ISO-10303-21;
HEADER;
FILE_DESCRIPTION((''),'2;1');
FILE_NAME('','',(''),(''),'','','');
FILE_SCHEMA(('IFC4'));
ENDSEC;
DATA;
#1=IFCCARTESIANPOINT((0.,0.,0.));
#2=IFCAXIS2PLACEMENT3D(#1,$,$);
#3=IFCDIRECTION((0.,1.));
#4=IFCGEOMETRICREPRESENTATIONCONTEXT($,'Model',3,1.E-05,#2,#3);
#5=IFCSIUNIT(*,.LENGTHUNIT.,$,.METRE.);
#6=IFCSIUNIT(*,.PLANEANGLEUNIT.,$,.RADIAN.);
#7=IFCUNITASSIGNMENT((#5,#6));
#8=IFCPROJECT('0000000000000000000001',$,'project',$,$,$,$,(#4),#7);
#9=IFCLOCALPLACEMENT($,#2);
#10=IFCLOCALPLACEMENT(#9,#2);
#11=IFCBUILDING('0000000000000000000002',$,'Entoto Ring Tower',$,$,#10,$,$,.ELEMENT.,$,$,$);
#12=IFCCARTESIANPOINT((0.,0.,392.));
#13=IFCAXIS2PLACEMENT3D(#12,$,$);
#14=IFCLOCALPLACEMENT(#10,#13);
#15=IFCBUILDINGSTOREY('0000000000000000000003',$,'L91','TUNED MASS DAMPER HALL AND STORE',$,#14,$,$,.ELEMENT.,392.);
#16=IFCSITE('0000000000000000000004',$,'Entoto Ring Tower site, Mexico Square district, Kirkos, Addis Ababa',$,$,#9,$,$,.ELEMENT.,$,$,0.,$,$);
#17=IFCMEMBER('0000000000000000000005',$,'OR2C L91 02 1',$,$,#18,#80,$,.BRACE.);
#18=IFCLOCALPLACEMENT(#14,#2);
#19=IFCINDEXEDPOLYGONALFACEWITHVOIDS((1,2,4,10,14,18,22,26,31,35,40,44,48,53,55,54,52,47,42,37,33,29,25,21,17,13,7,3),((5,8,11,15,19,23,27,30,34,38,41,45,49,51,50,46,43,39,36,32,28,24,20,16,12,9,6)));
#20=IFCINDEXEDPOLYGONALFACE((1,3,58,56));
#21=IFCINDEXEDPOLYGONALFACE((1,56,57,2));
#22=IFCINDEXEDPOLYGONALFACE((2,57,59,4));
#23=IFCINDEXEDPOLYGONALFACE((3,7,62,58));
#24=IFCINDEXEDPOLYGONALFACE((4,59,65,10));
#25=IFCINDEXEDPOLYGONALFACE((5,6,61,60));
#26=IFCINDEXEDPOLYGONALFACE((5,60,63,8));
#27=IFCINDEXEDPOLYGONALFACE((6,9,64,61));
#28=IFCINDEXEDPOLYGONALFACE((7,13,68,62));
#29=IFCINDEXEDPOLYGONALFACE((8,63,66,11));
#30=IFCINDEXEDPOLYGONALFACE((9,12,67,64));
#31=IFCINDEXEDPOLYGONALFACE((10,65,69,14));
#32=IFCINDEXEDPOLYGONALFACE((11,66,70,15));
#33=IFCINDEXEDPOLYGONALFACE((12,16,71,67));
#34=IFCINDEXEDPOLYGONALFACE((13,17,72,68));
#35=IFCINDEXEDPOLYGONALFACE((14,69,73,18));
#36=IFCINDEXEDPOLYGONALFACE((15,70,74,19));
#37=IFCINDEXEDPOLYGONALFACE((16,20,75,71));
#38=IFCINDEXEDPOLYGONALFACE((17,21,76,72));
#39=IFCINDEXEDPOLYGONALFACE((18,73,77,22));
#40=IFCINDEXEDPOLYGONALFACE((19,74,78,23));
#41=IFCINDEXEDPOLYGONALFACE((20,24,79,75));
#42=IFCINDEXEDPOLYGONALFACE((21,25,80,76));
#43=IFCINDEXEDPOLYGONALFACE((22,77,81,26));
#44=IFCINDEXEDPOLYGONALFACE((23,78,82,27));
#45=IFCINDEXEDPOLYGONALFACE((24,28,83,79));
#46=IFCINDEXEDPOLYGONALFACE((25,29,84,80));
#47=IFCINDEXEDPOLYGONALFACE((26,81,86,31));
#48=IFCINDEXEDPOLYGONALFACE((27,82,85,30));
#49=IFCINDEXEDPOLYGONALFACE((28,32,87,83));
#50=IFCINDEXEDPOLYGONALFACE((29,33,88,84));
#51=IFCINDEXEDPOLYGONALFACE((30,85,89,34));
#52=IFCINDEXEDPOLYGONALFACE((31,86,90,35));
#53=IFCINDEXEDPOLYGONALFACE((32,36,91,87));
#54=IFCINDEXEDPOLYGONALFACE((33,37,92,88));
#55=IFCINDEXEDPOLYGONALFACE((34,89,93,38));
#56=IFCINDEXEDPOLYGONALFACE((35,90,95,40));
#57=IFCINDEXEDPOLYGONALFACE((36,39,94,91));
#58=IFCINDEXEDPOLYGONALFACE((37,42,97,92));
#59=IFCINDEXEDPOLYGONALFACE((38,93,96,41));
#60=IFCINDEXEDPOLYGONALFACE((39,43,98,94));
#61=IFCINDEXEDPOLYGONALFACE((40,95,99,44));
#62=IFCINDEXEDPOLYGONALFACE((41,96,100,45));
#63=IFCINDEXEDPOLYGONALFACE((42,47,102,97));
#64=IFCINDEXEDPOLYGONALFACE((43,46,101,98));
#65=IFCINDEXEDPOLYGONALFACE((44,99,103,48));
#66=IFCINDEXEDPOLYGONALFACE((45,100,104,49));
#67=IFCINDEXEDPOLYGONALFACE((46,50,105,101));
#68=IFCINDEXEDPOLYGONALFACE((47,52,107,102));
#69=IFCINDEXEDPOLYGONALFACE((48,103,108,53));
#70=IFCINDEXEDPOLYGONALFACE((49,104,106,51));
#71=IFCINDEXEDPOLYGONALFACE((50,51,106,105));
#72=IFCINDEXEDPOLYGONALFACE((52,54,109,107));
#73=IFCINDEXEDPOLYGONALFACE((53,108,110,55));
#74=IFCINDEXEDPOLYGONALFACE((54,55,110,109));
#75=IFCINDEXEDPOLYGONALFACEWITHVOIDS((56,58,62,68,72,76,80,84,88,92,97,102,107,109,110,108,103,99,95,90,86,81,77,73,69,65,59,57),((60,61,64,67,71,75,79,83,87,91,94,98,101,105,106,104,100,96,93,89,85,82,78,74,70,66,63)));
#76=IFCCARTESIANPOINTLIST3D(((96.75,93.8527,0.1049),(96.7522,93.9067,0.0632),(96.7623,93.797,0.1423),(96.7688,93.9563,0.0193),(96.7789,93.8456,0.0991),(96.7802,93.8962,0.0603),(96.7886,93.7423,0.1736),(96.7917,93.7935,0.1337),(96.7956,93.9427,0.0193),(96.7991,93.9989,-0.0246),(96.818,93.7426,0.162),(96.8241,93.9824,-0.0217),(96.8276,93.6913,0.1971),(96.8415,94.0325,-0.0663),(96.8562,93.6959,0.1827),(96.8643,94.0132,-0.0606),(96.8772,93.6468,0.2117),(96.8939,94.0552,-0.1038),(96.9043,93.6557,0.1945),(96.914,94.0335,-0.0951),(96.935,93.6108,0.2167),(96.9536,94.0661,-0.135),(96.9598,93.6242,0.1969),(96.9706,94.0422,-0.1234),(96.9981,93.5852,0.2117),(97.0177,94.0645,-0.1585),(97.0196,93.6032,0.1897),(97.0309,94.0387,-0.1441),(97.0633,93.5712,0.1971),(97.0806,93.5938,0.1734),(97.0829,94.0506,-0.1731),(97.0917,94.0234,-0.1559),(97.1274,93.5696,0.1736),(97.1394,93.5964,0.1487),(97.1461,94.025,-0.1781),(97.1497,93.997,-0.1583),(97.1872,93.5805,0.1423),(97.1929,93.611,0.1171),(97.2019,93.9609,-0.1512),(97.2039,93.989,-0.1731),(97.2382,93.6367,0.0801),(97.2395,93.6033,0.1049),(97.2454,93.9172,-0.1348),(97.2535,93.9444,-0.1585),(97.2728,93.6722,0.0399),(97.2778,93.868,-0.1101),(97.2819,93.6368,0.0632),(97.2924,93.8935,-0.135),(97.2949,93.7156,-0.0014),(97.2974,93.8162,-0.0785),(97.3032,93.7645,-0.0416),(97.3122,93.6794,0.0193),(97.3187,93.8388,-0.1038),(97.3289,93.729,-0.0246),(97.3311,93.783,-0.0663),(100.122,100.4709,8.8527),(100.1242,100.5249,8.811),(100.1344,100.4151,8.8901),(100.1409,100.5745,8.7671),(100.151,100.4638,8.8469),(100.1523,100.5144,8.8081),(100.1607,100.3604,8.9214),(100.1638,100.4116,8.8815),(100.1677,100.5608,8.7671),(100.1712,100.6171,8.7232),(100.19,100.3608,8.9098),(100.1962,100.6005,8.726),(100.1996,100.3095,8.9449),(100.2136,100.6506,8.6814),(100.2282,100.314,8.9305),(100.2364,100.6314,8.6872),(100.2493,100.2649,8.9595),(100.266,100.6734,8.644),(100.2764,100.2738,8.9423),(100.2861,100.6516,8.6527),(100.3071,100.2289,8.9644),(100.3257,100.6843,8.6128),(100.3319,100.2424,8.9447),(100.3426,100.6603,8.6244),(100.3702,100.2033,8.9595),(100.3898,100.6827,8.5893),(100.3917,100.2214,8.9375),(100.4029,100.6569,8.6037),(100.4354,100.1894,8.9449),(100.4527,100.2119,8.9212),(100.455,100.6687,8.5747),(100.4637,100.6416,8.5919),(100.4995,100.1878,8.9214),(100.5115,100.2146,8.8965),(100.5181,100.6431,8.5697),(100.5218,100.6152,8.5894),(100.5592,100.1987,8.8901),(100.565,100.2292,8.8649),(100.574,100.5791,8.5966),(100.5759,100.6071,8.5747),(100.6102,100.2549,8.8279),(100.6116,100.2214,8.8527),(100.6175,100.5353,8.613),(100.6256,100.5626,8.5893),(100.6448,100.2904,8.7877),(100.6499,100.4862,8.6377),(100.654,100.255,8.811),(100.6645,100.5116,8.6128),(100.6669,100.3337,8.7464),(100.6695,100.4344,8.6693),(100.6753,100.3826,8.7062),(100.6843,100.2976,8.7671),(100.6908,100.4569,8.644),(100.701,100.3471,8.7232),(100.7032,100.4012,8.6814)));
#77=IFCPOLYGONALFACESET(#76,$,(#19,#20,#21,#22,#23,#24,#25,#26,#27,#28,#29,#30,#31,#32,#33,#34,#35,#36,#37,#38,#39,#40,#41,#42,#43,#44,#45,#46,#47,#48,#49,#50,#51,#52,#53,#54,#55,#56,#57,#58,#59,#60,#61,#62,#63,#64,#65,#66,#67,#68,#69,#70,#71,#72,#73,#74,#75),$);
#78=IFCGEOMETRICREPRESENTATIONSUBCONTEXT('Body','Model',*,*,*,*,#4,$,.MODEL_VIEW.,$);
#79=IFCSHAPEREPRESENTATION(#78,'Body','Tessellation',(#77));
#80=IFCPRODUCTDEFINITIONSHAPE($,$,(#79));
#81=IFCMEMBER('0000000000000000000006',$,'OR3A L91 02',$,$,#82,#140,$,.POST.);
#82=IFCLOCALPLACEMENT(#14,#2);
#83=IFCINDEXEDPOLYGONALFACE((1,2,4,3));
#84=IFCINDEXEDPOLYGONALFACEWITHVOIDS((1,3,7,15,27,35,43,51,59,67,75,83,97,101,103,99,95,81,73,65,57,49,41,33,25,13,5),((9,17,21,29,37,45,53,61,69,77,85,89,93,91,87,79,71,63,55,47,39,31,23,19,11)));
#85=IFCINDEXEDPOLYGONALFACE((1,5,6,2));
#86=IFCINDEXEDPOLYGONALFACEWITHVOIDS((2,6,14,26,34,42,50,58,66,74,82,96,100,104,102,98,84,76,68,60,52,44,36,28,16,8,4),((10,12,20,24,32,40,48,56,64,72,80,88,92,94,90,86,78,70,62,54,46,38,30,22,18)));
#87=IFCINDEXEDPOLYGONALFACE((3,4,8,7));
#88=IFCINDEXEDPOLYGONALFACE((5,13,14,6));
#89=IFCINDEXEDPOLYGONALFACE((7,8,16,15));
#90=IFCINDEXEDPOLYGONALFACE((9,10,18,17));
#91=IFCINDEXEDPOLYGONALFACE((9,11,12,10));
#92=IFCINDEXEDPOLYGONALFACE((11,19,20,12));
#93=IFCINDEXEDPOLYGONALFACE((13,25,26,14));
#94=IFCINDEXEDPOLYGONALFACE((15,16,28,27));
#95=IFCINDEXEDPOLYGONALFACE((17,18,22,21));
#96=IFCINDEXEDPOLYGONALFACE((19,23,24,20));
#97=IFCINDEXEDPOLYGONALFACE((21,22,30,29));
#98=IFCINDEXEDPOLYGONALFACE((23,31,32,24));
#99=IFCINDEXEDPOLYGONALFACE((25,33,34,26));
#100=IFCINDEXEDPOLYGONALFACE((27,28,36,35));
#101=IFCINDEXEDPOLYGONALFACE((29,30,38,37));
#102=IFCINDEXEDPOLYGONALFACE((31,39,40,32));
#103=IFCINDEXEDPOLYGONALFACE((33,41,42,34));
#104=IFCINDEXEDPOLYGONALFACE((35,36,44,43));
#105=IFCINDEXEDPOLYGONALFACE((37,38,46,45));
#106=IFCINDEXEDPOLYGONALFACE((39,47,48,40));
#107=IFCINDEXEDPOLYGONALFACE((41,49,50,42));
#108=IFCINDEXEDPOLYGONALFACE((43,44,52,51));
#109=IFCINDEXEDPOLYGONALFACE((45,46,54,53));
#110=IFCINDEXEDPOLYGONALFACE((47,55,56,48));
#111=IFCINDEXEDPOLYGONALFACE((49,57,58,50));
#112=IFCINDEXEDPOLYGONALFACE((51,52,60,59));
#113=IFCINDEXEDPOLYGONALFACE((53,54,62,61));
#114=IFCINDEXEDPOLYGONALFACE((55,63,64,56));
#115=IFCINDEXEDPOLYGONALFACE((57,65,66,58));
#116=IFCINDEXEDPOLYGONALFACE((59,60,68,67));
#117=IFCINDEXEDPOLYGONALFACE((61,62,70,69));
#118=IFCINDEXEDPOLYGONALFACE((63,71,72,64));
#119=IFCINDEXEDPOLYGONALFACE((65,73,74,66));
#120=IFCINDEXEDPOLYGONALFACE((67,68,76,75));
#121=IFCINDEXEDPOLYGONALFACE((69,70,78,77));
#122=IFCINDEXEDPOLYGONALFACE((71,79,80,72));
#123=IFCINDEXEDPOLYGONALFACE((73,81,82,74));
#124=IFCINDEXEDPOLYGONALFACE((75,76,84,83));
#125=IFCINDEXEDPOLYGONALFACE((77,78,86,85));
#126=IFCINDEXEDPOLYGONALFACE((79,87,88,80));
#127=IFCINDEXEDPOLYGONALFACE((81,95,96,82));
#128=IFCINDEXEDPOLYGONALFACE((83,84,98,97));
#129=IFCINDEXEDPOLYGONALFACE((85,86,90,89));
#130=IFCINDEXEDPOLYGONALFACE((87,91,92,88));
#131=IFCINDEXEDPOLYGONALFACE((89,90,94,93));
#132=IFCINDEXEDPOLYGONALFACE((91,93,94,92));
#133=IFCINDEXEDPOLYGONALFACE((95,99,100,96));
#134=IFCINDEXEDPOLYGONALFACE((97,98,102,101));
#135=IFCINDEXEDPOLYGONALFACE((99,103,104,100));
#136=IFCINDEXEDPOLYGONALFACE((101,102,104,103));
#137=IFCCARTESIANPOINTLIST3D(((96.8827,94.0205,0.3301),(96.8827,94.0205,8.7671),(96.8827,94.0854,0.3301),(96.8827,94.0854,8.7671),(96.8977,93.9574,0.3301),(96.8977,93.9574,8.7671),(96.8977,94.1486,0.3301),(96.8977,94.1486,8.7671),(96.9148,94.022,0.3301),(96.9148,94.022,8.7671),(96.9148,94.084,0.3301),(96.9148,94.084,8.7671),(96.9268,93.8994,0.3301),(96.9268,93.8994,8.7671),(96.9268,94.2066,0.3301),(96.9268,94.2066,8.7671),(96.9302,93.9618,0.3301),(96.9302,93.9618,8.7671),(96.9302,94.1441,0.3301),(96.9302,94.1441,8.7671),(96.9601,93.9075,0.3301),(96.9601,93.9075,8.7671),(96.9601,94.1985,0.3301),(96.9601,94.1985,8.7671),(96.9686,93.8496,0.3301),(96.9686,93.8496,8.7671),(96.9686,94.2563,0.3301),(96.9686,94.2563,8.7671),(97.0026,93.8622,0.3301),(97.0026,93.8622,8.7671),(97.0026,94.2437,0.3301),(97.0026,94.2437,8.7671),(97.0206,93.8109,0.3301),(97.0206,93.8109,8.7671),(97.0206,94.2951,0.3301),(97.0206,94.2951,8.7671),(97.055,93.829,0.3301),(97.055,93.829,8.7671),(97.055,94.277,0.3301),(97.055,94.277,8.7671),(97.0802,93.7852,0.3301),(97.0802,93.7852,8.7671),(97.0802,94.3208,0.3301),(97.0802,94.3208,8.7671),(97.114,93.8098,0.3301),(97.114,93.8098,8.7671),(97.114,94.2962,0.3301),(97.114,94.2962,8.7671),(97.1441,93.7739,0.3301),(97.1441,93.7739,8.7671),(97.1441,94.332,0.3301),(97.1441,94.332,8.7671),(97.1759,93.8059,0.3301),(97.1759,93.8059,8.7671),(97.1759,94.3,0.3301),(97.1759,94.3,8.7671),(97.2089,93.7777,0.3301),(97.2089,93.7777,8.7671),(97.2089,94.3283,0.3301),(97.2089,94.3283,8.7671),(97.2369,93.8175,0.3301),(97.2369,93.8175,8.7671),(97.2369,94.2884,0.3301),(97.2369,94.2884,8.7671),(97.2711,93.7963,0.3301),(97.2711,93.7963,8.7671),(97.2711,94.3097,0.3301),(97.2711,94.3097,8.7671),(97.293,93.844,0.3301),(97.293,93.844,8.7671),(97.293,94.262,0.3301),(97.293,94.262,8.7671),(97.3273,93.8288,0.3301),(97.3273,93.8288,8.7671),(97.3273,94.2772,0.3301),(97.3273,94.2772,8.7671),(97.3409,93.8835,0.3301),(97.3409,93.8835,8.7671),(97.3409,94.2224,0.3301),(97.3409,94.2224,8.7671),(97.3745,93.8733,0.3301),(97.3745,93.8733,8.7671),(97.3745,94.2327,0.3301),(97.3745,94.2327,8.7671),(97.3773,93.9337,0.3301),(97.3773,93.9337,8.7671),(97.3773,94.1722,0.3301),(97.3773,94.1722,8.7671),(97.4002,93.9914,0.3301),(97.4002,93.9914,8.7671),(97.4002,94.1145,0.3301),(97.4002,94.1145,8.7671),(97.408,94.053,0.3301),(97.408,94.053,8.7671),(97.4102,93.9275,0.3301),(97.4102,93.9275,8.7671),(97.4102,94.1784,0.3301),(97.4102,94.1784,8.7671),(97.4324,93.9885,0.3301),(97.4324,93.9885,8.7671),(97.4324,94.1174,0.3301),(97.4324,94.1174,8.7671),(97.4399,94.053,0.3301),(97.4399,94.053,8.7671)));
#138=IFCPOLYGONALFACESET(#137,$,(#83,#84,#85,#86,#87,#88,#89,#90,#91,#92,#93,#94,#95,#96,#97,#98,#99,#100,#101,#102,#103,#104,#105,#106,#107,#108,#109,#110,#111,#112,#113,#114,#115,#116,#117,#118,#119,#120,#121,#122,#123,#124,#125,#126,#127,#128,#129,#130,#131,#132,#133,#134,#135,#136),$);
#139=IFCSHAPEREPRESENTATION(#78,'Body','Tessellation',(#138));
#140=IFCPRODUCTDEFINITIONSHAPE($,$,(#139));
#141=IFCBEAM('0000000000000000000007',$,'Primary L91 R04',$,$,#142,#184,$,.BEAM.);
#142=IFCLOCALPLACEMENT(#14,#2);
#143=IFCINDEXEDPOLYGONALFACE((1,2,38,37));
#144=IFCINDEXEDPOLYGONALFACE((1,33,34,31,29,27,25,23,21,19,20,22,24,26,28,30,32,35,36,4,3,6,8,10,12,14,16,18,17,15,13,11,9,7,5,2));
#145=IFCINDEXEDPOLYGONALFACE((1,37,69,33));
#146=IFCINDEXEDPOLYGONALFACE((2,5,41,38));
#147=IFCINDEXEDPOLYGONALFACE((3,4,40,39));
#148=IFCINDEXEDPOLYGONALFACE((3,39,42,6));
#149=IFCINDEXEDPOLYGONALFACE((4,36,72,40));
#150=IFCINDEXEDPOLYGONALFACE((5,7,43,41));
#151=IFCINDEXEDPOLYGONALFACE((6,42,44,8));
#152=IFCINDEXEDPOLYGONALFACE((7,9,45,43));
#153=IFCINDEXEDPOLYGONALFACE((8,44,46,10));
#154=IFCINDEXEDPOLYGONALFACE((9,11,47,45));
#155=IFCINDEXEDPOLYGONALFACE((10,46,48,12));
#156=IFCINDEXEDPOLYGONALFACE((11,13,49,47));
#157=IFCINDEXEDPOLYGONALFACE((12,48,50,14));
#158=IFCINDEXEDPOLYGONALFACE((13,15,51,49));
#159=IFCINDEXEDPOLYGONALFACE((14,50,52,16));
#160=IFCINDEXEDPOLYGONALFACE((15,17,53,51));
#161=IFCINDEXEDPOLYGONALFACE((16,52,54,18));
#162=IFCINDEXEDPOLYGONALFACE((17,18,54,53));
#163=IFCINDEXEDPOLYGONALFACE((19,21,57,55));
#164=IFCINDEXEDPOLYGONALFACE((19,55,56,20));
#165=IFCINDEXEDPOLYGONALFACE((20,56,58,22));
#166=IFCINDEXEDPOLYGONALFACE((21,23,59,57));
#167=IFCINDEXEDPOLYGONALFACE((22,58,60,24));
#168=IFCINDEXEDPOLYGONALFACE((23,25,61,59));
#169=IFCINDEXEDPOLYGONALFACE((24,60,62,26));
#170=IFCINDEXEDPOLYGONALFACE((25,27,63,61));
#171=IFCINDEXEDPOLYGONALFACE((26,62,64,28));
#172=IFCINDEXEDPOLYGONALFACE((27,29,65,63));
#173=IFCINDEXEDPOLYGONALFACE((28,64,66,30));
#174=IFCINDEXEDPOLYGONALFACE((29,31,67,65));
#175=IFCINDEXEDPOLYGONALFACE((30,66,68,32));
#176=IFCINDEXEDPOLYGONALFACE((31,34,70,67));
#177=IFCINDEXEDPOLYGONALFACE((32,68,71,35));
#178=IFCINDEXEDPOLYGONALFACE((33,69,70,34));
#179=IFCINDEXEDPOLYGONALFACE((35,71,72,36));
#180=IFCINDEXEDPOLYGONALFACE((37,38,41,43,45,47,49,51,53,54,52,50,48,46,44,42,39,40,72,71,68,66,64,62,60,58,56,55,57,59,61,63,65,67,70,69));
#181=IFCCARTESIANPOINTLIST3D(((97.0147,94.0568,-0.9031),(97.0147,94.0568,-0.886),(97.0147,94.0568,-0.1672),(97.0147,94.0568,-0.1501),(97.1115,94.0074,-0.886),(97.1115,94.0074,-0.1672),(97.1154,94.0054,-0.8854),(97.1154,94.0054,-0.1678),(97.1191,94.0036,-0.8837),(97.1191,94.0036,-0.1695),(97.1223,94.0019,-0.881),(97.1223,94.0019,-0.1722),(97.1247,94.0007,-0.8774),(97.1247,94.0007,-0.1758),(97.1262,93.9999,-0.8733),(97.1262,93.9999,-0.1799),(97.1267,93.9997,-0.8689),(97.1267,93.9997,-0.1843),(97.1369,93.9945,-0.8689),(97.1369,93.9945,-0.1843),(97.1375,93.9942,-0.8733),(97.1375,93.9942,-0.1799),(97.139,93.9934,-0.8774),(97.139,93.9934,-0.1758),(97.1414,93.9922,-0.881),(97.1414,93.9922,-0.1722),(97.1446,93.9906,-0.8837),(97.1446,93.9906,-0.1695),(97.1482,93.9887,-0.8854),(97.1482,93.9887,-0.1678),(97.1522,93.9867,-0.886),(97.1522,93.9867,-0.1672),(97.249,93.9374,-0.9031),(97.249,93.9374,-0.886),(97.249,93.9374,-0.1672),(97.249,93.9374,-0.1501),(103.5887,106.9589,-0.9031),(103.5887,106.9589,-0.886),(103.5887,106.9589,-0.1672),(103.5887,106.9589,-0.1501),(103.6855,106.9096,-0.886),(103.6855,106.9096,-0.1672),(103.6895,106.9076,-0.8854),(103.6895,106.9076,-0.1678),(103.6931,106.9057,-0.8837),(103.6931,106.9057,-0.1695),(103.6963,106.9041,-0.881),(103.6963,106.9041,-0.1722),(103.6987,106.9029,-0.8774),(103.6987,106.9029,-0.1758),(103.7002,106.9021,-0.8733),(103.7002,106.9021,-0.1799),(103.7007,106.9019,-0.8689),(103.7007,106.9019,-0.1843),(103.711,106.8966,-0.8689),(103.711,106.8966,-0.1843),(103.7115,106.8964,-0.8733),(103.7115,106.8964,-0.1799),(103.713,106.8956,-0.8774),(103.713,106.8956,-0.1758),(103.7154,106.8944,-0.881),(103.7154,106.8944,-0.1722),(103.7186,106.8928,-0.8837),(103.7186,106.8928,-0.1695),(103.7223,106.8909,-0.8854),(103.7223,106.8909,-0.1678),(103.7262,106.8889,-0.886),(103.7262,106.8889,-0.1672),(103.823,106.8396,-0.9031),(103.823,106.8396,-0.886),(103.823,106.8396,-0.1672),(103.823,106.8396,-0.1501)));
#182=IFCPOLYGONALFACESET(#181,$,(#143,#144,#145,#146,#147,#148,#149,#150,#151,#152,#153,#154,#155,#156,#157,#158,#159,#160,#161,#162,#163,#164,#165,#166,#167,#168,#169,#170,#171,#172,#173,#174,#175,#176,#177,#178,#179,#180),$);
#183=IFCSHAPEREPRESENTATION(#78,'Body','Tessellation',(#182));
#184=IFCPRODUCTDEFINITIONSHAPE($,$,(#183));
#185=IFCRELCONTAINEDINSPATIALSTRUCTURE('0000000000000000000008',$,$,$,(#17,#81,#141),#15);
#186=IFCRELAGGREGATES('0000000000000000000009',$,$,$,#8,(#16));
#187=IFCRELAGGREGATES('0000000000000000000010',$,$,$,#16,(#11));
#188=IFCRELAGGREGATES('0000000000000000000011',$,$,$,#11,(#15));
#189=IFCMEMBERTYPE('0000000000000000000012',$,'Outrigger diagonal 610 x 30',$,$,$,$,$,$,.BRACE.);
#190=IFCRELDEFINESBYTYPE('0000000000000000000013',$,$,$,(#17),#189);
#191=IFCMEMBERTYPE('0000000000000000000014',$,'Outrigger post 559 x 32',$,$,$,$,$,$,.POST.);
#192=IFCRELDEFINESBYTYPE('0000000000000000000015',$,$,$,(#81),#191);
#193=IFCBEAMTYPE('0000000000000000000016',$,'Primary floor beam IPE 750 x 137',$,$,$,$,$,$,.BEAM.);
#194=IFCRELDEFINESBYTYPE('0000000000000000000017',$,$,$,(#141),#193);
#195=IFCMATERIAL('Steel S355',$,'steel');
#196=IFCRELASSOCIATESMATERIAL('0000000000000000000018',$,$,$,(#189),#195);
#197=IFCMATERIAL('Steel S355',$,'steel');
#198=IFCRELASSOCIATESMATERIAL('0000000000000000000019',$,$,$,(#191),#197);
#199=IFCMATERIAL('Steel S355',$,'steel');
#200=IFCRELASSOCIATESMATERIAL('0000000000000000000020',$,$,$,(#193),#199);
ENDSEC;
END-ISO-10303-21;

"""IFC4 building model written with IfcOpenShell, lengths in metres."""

from ifc_helpers import new_model, si_unit, direction, frame, origin, origin_2d, place, context, subcontext, project, spatial, circle, hollow_circle, i_section, extrude, material, material_profile, profile_set, type_object, element, save


model = new_model("IFC4")

# Units and contexts
model_context = context("Model", 3, precision=1e-05, world=origin(), true_north=direction((0.0, 1.0)))
body_context = subcontext(model_context, "Body", "Model", "MODEL_VIEW")
ifc_project = project(units=[si_unit("LENGTHUNIT", "METRE"), si_unit("PLANEANGLEUNIT", "RADIAN")], contexts=[model_context])

# Site, building, storey
site_placement = place(None, origin())
site = spatial("IfcSite", under=ifc_project, at=site_placement, Name="Entoto Ring Tower site, Mexico Square district, Kirkos, Addis Ababa", CompositionType="ELEMENT", RefElevation=0.0)
building_placement = place(site_placement, origin())
building = spatial("IfcBuilding", under=site, at=building_placement, Name="Entoto Ring Tower", CompositionType="ELEMENT")
storey_placement = place(building_placement, frame((0.0, 0.0, 392.0)))
storey = spatial("IfcBuildingStorey", under=building, at=storey_placement, Name="L91", Description="TUNED MASS DAMPER HALL AND STORE", CompositionType="ELEMENT", Elevation=392.0)

# Members
ifc_material_1 = material(Name="Steel S355", Category="steel")
ifc_material_profile_1 = material_profile(ifc_material_1, hollow_circle(Radius=0.3049, WallThickness=0.03, at=origin_2d()), Name="CHS 610 x 30")
ifc_material_2 = material(Name="Concrete C60/75", Category="concrete")
ifc_material_profile_2 = material_profile(ifc_material_2, circle(Radius=0.2749, at=origin_2d()), Name="Concrete C60/75 infill")
ifc_profile_set_1 = profile_set([ifc_material_profile_1, ifc_material_profile_2], Name="Steel S355")
member_type_1 = type_object("IfcMemberType", Name="Outrigger diagonal 610 x 30", PredefinedType="BRACE", material=ifc_profile_set_1)
member_1_placement = place(storey_placement, frame((97.0405, 93.8179, 0.0193), z_axis=(0.293841, 0.576704, 0.76228), x_axis=(-0.891009, 0.453985, 0.0)))
element("IfcMember", 1, at=member_1_placement, inside=storey, type_object=member_type_1, Name="OR2C L91 02 1", PredefinedType="BRACE", context=body_context, shape_type="SweptSolid", body=[
    extrude(hollow_circle(Radius=0.3049, WallThickness=0.03, at=origin_2d()), origin(), (0.0, 0.0, 1.0), 11.4758),
])
ifc_material_3 = material(Name="Steel S355", Category="steel")
ifc_material_profile_3 = material_profile(ifc_material_3, hollow_circle(Radius=0.2795, WallThickness=0.032, at=origin_2d()), Name="CHS 559 x 32")
ifc_material_4 = material(Name="Concrete C60/75", Category="concrete")
ifc_material_profile_4 = material_profile(ifc_material_4, circle(Radius=0.2476, at=origin_2d()), Name="Concrete C60/75 infill")
ifc_profile_set_2 = profile_set([ifc_material_profile_3, ifc_material_profile_4], Name="Steel S355")
member_type_2 = type_object("IfcMemberType", Name="Outrigger post 559 x 32", PredefinedType="POST", material=ifc_profile_set_2)
member_2_placement = place(storey_placement, frame((97.1604, 94.053, 0.3301), z_axis=(0.0, 0.0, 1.0), x_axis=(1.0, 0.0, 0.0)))
element("IfcMember", 2, at=member_2_placement, inside=storey, type_object=member_type_2, Name="OR3A L91 02", PredefinedType="POST", context=body_context, shape_type="SweptSolid", body=[
    extrude(hollow_circle(Radius=0.2795, WallThickness=0.032, at=origin_2d()), origin(), (0.0, 0.0, 1.0), 8.437),
])

# Beam
ifc_material_5 = material(Name="Steel S355", Category="steel")
ifc_material_profile_5 = material_profile(ifc_material_5, i_section(OverallWidth=0.2629, OverallDepth=0.7529, WebThickness=0.0115, FlangeThickness=0.0171, FilletRadius=0.0171, at=origin_2d()), Name="IPE 750 x 137")
ifc_profile_set_3 = profile_set([ifc_material_profile_5], Name="Steel S355")
beam_type_1 = type_object("IfcBeamType", Name="Primary floor beam IPE 750 x 137", PredefinedType="BEAM", material=ifc_profile_set_3)
beam_1_placement = place(storey_placement, frame((97.1318, 93.9971, -0.5266), z_axis=(0.453992, 0.891006, 0.0), x_axis=(-0.891006, 0.453992, 0.0)))
element("IfcBeam", 3, at=beam_1_placement, inside=storey, type_object=beam_type_1, Name="Primary L91 R04", PredefinedType="BEAM", context=body_context, shape_type="SweptSolid", body=[
    extrude(i_section(OverallWidth=0.2629, OverallDepth=0.7529, WebThickness=0.0115, FlangeThickness=0.0171, FilletRadius=0.0171, at=origin_2d()), origin(), (0.0, 0.0, 1.0), 14.4805),
])

save(model, "model.ifc")
